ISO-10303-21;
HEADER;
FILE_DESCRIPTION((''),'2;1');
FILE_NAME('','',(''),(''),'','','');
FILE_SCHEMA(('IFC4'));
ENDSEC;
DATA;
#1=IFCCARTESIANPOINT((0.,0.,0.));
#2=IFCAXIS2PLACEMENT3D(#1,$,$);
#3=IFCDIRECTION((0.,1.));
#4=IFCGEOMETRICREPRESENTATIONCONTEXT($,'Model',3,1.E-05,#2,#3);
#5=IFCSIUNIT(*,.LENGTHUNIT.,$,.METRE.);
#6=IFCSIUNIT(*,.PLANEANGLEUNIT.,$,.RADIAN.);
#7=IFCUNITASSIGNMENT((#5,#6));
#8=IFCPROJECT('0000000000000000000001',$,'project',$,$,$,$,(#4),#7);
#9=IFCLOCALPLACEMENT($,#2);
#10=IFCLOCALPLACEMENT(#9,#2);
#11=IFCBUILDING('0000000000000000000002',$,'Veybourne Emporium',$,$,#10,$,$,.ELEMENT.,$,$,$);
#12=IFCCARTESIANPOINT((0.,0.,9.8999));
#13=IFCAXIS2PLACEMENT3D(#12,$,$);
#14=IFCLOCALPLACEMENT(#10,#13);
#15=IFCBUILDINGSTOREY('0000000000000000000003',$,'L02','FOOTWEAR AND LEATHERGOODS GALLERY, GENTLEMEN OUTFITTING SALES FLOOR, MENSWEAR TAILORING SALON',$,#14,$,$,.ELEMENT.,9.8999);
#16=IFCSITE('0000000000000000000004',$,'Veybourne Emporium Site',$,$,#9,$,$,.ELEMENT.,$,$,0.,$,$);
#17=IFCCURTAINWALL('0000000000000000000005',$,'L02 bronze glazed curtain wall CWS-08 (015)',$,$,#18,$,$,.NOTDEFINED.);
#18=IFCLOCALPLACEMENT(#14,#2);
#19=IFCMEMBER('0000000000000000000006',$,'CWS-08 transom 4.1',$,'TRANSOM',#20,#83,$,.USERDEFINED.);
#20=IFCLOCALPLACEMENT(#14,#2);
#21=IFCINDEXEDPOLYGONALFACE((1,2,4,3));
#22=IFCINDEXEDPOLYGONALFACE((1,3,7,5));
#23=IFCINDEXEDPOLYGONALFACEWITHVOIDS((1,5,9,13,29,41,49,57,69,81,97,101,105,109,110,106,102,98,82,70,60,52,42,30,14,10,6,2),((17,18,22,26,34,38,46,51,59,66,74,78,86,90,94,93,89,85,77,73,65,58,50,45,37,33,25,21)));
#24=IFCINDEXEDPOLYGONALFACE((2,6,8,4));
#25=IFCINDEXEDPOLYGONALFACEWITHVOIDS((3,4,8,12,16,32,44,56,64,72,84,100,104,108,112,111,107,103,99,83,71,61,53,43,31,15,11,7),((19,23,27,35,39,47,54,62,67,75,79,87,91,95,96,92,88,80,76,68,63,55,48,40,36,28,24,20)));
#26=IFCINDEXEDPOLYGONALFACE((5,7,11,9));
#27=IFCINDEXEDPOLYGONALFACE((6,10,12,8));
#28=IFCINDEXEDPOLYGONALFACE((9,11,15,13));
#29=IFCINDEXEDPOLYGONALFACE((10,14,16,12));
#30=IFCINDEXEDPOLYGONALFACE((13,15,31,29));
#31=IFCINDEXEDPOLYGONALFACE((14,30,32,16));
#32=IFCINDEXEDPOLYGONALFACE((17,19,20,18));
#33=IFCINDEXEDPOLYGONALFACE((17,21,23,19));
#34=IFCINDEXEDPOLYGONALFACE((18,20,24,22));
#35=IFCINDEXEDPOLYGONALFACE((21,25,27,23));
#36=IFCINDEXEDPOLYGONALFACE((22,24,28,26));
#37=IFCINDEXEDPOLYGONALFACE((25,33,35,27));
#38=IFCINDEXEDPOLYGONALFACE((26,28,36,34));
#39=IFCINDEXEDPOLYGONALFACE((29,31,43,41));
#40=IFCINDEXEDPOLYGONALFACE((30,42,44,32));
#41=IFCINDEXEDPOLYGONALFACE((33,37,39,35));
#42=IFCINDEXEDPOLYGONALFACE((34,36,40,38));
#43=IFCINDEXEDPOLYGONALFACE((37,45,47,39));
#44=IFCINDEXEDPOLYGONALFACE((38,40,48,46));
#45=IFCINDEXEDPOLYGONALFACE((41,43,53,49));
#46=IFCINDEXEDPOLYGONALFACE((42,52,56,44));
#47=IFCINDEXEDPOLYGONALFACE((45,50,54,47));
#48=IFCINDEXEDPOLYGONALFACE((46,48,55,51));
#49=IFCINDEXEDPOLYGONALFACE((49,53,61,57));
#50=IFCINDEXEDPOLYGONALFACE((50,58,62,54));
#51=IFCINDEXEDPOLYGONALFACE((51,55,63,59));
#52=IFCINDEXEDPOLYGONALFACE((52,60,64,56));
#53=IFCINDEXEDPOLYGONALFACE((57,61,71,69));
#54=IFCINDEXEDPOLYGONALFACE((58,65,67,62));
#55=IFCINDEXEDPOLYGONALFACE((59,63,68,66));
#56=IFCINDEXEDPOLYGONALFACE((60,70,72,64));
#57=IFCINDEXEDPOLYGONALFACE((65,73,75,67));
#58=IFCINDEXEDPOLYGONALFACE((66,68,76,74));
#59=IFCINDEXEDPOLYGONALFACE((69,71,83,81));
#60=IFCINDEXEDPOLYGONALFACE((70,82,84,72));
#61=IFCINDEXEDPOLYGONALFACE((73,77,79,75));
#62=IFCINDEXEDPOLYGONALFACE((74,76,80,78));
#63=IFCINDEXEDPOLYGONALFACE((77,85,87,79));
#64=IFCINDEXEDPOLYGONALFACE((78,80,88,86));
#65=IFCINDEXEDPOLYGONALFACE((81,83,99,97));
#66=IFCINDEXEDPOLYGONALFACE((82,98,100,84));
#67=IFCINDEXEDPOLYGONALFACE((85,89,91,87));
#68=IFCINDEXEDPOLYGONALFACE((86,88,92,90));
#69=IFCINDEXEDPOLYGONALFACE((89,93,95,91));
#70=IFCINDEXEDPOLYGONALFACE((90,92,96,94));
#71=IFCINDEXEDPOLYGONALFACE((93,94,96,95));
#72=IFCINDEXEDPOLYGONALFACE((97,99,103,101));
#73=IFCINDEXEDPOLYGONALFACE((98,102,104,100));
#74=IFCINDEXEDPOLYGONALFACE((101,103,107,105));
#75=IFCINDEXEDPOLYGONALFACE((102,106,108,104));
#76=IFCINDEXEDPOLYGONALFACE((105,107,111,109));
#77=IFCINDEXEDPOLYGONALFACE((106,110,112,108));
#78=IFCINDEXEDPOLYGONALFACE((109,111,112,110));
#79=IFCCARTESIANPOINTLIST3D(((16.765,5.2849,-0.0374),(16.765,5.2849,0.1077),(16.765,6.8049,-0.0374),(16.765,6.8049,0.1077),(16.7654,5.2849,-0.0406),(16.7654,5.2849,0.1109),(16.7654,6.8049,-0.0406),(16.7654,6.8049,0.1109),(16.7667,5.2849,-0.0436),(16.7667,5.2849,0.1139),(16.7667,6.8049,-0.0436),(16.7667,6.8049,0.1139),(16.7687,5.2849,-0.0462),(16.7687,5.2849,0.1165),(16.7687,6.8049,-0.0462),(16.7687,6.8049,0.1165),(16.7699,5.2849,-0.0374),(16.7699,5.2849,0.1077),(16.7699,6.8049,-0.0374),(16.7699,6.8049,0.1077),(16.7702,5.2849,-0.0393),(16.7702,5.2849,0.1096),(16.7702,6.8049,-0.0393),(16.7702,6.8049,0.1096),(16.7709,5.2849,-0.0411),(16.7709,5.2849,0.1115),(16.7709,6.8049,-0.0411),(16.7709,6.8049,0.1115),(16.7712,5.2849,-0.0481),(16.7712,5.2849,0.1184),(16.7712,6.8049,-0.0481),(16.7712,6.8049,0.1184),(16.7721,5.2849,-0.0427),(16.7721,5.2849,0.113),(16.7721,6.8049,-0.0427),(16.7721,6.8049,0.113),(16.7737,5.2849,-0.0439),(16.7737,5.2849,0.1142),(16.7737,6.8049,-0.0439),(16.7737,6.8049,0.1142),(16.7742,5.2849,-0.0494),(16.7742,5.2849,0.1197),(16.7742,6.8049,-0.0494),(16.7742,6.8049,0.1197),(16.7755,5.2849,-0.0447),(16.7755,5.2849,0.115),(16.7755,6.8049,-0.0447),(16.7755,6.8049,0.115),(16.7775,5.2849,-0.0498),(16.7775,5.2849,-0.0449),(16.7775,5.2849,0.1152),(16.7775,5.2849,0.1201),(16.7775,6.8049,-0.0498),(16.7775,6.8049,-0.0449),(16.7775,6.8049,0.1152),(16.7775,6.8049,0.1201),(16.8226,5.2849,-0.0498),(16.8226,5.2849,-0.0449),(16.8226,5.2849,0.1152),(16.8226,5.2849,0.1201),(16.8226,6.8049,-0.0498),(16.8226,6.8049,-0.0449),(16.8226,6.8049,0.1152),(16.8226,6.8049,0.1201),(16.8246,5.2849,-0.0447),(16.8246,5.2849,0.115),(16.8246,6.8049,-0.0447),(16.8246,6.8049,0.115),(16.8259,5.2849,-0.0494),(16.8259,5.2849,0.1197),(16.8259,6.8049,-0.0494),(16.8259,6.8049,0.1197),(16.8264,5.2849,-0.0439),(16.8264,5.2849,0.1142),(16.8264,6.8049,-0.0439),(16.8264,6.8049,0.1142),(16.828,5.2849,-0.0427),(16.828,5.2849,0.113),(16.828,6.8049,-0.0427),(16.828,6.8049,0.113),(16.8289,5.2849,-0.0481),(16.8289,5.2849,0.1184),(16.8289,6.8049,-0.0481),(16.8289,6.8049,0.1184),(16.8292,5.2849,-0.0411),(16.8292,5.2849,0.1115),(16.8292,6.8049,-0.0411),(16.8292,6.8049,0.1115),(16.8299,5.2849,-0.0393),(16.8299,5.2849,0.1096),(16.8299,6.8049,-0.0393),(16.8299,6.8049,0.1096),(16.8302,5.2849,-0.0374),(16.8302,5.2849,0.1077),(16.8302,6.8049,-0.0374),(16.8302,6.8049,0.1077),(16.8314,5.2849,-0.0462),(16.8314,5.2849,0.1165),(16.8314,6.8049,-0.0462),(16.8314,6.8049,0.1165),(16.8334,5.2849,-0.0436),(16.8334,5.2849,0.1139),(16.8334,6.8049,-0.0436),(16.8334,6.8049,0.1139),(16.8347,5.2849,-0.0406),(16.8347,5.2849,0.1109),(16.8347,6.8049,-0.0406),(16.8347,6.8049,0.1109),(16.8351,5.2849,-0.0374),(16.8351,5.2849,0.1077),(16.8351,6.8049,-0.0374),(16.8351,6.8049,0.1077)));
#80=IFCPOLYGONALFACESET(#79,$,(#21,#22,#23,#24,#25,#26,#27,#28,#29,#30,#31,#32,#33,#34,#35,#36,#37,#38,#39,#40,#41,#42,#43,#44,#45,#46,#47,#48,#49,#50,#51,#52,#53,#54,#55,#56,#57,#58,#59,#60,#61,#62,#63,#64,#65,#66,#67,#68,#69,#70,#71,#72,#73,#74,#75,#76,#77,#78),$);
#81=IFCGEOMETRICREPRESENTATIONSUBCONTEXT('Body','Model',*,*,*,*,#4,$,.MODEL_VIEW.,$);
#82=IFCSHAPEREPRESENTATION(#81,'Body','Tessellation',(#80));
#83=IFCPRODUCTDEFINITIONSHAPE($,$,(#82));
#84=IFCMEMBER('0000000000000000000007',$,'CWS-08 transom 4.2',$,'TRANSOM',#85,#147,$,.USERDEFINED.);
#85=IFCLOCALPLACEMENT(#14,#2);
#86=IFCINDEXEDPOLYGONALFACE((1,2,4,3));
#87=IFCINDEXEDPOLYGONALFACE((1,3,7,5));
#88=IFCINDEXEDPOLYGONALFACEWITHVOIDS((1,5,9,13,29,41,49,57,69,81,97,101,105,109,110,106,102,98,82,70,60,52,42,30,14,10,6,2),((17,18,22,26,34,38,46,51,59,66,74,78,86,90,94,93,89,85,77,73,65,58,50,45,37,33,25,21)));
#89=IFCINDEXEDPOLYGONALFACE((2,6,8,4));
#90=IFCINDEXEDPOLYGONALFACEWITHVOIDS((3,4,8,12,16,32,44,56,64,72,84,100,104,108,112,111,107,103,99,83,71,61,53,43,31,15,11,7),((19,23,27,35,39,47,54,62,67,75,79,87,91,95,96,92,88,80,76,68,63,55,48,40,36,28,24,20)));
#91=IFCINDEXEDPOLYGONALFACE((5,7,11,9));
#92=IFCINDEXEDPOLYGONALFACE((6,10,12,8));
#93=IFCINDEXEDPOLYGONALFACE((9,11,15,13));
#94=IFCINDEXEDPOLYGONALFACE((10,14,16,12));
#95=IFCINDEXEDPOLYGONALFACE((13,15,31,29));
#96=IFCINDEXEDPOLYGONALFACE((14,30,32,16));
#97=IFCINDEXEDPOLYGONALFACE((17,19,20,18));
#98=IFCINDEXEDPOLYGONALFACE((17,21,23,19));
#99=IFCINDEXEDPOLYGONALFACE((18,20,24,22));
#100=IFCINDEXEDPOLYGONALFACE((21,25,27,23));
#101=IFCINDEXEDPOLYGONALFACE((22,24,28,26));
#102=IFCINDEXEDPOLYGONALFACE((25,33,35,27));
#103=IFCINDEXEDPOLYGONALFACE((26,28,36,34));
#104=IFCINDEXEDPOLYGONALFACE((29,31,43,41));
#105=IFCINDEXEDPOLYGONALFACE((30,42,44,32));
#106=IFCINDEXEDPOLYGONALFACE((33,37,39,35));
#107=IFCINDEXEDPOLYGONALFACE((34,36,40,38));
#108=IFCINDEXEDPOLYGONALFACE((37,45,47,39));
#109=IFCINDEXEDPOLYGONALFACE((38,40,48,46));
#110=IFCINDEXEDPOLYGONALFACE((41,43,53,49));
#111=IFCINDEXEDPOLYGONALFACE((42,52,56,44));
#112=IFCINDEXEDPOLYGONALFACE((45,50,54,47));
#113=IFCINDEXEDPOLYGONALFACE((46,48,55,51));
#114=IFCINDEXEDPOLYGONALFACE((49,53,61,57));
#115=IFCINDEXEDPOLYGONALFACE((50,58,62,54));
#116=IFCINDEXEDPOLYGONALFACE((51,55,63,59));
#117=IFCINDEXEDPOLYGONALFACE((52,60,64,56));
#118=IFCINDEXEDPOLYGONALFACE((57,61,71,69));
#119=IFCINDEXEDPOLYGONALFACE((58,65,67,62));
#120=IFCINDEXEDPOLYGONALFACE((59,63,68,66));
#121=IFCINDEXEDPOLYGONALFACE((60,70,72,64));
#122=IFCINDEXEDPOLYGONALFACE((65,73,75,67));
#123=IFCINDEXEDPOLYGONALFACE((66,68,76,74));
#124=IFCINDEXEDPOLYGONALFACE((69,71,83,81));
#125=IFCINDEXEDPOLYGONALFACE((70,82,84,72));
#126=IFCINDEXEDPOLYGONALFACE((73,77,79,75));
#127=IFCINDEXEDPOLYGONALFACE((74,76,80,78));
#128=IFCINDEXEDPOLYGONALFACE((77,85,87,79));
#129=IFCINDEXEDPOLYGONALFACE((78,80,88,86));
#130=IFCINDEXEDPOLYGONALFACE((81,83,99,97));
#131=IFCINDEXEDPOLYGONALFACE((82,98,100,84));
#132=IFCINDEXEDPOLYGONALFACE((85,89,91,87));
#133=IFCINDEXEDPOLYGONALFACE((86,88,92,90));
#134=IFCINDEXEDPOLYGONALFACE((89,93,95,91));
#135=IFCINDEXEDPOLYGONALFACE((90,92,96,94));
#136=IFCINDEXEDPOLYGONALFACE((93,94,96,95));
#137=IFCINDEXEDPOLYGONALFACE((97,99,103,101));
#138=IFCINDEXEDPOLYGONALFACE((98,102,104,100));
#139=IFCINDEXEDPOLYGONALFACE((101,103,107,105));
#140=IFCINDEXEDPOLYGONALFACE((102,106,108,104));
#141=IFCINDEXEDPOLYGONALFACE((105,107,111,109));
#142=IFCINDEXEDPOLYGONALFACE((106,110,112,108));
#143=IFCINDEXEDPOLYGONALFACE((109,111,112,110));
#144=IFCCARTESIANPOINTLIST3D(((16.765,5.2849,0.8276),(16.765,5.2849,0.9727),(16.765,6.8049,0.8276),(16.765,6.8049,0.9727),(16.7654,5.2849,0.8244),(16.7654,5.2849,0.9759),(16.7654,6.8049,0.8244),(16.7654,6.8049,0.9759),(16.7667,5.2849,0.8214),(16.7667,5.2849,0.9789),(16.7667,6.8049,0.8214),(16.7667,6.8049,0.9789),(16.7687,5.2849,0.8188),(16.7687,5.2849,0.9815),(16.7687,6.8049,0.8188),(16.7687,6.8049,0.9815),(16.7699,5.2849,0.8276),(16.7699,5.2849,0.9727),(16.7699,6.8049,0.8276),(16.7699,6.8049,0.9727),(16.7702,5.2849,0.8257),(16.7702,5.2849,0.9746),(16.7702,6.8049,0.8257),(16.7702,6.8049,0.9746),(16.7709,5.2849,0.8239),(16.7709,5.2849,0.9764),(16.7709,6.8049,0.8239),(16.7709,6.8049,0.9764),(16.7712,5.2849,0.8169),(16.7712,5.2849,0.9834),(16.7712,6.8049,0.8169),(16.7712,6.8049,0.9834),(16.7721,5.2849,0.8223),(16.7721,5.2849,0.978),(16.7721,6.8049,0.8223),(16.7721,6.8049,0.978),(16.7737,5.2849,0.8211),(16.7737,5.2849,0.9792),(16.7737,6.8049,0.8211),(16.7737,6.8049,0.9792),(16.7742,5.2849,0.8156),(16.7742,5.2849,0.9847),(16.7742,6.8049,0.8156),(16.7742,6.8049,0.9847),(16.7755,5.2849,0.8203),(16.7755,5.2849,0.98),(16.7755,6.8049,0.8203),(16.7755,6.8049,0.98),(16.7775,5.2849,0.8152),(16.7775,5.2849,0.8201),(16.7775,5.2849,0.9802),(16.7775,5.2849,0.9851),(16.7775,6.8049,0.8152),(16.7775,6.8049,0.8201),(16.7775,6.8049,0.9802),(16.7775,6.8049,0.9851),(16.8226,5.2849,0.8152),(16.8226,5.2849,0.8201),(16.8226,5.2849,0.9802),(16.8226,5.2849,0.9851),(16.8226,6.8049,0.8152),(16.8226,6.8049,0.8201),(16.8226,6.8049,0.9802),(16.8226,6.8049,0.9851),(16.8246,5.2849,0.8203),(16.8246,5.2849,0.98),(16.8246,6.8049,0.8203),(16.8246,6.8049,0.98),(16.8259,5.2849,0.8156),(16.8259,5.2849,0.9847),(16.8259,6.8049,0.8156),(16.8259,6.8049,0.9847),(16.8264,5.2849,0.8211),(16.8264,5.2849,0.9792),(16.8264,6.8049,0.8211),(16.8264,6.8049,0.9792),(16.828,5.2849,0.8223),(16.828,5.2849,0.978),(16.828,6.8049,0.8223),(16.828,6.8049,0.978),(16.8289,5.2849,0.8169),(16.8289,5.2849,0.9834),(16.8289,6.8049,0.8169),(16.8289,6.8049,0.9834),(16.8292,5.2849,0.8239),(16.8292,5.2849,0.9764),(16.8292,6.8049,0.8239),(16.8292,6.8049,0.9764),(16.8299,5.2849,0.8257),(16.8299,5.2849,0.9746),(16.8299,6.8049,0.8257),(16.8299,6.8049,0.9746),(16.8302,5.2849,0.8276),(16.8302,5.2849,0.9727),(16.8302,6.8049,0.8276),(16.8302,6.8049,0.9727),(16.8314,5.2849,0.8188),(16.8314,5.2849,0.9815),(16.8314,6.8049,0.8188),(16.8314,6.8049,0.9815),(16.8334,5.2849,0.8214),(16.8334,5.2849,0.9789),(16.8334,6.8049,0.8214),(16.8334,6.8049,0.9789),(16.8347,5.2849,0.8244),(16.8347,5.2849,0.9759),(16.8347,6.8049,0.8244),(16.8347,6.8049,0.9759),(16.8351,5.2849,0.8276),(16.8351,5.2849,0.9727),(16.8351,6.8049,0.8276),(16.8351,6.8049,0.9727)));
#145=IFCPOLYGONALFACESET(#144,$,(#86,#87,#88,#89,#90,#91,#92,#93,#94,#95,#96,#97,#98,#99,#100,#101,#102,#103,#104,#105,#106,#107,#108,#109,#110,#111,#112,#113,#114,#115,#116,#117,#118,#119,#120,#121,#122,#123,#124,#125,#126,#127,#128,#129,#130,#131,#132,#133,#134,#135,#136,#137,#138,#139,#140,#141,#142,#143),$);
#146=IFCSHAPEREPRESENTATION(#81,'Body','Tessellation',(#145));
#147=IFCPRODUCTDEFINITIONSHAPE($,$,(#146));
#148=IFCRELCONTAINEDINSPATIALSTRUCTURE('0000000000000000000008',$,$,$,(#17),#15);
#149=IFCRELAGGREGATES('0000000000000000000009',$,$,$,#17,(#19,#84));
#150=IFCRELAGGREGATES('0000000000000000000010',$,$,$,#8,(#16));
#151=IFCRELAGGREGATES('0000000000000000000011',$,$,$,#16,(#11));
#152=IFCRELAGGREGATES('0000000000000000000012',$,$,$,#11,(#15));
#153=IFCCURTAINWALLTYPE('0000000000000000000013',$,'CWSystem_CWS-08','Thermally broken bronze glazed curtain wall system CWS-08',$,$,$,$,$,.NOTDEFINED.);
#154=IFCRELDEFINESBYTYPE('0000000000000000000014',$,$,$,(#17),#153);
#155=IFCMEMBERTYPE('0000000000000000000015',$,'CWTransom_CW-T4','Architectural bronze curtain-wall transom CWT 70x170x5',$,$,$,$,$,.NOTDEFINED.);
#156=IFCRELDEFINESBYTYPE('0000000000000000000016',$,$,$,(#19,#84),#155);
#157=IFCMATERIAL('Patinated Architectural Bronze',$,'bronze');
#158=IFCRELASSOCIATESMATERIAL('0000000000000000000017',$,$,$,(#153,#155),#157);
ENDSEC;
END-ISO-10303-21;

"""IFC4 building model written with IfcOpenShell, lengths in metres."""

from ifc_helpers import new_model, si_unit, direction, frame, origin, origin_2d, place, context, subcontext, project, spatial, hollow_rectangle, extrude, material, material_profile, profile_set, type_object, element, aggregate, save


model = new_model("IFC4")

# Units and contexts
model_context = context("Model", 3, precision=1e-05, world=origin(), true_north=direction((0.0, 1.0)))
body_context = subcontext(model_context, "Body", "Model", "MODEL_VIEW")
ifc_project = project(units=[si_unit("LENGTHUNIT", "METRE"), si_unit("PLANEANGLEUNIT", "RADIAN")], contexts=[model_context])

# Site, building, storey
site_placement = place(None, origin())
site = spatial("IfcSite", under=ifc_project, at=site_placement, Name="Veybourne Emporium Site", CompositionType="ELEMENT", RefElevation=0.0)
building_placement = place(site_placement, origin())
building = spatial("IfcBuilding", under=site, at=building_placement, Name="Veybourne Emporium", CompositionType="ELEMENT")
storey_placement = place(building_placement, frame((0.0, 0.0, 9.8999)))
storey = spatial("IfcBuildingStorey", under=building, at=storey_placement, Name="L02", Description="FOOTWEAR AND LEATHERGOODS GALLERY, GENTLEMEN OUTFITTING SALES FLOOR, MENSWEAR TAILORING SALON", CompositionType="ELEMENT", Elevation=9.8999)

# Curtain wall
ifc_material_1 = material(Name="Patinated Architectural Bronze", Category="bronze")
curtain_wall_type_1 = type_object("IfcCurtainWallType", Name="CWSystem_CWS-08", Description="Thermally broken bronze glazed curtain wall system CWS-08", PredefinedType="NOTDEFINED", material=ifc_material_1)
curtain_wall_1_placement = place(storey_placement, origin())
curtain_wall_1 = element("IfcCurtainWall", 1, at=curtain_wall_1_placement, inside=storey, type_object=curtain_wall_type_1, Name="L02 bronze glazed curtain wall CWS-08 (015)", PredefinedType="NOTDEFINED")

# Members
ifc_material_profile_1 = material_profile(ifc_material_1, hollow_rectangle(XDim=0.0701, YDim=0.1699, WallThickness=0.0049, InnerFilletRadius=0.0076, OuterFilletRadius=0.0125, at=origin_2d()), Name="CWT 70x170x5")
ifc_profile_set_1 = profile_set([ifc_material_profile_1], Name="Patinated Architectural Bronze")
member_type_1 = type_object("IfcMemberType", Name="CWTransom_CW-T4", Description="Architectural bronze curtain-wall transom CWT 70x170x5", PredefinedType="NOTDEFINED", material=ifc_profile_set_1)
member_1_placement = place(storey_placement, frame((16.8, 5.2849, 0.0352), z_axis=(0.0, 1.0, 0.0), x_axis=(-1.0, 0.0, 0.0)))
member_1 = element("IfcMember", 2, at=member_1_placement, type_object=member_type_1, Name="CWS-08 transom 4.1", ObjectType="TRANSOM", PredefinedType="USERDEFINED", context=body_context, shape_type="SweptSolid", body=[
    extrude(hollow_rectangle(XDim=0.0701, YDim=0.1699, WallThickness=0.0049, InnerFilletRadius=0.0076, OuterFilletRadius=0.0125, at=origin_2d()), origin(), (0.0, 0.0, 1.0), 1.52),
])
member_2_placement = place(storey_placement, frame((16.8, 5.2849, 0.9001), z_axis=(0.0, 1.0, 0.0), x_axis=(-1.0, 0.0, 0.0)))
member_2 = element("IfcMember", 3, at=member_2_placement, type_object=member_type_1, Name="CWS-08 transom 4.2", ObjectType="TRANSOM", PredefinedType="USERDEFINED", context=body_context, shape_type="SweptSolid", body=[
    extrude(hollow_rectangle(XDim=0.0701, YDim=0.1699, WallThickness=0.0049, InnerFilletRadius=0.0076, OuterFilletRadius=0.0125, at=origin_2d()), origin(), (0.0, 0.0, 1.0), 1.52),
])

aggregate(curtain_wall_1, [member_1, member_2])

save(model, "model.ifc")
